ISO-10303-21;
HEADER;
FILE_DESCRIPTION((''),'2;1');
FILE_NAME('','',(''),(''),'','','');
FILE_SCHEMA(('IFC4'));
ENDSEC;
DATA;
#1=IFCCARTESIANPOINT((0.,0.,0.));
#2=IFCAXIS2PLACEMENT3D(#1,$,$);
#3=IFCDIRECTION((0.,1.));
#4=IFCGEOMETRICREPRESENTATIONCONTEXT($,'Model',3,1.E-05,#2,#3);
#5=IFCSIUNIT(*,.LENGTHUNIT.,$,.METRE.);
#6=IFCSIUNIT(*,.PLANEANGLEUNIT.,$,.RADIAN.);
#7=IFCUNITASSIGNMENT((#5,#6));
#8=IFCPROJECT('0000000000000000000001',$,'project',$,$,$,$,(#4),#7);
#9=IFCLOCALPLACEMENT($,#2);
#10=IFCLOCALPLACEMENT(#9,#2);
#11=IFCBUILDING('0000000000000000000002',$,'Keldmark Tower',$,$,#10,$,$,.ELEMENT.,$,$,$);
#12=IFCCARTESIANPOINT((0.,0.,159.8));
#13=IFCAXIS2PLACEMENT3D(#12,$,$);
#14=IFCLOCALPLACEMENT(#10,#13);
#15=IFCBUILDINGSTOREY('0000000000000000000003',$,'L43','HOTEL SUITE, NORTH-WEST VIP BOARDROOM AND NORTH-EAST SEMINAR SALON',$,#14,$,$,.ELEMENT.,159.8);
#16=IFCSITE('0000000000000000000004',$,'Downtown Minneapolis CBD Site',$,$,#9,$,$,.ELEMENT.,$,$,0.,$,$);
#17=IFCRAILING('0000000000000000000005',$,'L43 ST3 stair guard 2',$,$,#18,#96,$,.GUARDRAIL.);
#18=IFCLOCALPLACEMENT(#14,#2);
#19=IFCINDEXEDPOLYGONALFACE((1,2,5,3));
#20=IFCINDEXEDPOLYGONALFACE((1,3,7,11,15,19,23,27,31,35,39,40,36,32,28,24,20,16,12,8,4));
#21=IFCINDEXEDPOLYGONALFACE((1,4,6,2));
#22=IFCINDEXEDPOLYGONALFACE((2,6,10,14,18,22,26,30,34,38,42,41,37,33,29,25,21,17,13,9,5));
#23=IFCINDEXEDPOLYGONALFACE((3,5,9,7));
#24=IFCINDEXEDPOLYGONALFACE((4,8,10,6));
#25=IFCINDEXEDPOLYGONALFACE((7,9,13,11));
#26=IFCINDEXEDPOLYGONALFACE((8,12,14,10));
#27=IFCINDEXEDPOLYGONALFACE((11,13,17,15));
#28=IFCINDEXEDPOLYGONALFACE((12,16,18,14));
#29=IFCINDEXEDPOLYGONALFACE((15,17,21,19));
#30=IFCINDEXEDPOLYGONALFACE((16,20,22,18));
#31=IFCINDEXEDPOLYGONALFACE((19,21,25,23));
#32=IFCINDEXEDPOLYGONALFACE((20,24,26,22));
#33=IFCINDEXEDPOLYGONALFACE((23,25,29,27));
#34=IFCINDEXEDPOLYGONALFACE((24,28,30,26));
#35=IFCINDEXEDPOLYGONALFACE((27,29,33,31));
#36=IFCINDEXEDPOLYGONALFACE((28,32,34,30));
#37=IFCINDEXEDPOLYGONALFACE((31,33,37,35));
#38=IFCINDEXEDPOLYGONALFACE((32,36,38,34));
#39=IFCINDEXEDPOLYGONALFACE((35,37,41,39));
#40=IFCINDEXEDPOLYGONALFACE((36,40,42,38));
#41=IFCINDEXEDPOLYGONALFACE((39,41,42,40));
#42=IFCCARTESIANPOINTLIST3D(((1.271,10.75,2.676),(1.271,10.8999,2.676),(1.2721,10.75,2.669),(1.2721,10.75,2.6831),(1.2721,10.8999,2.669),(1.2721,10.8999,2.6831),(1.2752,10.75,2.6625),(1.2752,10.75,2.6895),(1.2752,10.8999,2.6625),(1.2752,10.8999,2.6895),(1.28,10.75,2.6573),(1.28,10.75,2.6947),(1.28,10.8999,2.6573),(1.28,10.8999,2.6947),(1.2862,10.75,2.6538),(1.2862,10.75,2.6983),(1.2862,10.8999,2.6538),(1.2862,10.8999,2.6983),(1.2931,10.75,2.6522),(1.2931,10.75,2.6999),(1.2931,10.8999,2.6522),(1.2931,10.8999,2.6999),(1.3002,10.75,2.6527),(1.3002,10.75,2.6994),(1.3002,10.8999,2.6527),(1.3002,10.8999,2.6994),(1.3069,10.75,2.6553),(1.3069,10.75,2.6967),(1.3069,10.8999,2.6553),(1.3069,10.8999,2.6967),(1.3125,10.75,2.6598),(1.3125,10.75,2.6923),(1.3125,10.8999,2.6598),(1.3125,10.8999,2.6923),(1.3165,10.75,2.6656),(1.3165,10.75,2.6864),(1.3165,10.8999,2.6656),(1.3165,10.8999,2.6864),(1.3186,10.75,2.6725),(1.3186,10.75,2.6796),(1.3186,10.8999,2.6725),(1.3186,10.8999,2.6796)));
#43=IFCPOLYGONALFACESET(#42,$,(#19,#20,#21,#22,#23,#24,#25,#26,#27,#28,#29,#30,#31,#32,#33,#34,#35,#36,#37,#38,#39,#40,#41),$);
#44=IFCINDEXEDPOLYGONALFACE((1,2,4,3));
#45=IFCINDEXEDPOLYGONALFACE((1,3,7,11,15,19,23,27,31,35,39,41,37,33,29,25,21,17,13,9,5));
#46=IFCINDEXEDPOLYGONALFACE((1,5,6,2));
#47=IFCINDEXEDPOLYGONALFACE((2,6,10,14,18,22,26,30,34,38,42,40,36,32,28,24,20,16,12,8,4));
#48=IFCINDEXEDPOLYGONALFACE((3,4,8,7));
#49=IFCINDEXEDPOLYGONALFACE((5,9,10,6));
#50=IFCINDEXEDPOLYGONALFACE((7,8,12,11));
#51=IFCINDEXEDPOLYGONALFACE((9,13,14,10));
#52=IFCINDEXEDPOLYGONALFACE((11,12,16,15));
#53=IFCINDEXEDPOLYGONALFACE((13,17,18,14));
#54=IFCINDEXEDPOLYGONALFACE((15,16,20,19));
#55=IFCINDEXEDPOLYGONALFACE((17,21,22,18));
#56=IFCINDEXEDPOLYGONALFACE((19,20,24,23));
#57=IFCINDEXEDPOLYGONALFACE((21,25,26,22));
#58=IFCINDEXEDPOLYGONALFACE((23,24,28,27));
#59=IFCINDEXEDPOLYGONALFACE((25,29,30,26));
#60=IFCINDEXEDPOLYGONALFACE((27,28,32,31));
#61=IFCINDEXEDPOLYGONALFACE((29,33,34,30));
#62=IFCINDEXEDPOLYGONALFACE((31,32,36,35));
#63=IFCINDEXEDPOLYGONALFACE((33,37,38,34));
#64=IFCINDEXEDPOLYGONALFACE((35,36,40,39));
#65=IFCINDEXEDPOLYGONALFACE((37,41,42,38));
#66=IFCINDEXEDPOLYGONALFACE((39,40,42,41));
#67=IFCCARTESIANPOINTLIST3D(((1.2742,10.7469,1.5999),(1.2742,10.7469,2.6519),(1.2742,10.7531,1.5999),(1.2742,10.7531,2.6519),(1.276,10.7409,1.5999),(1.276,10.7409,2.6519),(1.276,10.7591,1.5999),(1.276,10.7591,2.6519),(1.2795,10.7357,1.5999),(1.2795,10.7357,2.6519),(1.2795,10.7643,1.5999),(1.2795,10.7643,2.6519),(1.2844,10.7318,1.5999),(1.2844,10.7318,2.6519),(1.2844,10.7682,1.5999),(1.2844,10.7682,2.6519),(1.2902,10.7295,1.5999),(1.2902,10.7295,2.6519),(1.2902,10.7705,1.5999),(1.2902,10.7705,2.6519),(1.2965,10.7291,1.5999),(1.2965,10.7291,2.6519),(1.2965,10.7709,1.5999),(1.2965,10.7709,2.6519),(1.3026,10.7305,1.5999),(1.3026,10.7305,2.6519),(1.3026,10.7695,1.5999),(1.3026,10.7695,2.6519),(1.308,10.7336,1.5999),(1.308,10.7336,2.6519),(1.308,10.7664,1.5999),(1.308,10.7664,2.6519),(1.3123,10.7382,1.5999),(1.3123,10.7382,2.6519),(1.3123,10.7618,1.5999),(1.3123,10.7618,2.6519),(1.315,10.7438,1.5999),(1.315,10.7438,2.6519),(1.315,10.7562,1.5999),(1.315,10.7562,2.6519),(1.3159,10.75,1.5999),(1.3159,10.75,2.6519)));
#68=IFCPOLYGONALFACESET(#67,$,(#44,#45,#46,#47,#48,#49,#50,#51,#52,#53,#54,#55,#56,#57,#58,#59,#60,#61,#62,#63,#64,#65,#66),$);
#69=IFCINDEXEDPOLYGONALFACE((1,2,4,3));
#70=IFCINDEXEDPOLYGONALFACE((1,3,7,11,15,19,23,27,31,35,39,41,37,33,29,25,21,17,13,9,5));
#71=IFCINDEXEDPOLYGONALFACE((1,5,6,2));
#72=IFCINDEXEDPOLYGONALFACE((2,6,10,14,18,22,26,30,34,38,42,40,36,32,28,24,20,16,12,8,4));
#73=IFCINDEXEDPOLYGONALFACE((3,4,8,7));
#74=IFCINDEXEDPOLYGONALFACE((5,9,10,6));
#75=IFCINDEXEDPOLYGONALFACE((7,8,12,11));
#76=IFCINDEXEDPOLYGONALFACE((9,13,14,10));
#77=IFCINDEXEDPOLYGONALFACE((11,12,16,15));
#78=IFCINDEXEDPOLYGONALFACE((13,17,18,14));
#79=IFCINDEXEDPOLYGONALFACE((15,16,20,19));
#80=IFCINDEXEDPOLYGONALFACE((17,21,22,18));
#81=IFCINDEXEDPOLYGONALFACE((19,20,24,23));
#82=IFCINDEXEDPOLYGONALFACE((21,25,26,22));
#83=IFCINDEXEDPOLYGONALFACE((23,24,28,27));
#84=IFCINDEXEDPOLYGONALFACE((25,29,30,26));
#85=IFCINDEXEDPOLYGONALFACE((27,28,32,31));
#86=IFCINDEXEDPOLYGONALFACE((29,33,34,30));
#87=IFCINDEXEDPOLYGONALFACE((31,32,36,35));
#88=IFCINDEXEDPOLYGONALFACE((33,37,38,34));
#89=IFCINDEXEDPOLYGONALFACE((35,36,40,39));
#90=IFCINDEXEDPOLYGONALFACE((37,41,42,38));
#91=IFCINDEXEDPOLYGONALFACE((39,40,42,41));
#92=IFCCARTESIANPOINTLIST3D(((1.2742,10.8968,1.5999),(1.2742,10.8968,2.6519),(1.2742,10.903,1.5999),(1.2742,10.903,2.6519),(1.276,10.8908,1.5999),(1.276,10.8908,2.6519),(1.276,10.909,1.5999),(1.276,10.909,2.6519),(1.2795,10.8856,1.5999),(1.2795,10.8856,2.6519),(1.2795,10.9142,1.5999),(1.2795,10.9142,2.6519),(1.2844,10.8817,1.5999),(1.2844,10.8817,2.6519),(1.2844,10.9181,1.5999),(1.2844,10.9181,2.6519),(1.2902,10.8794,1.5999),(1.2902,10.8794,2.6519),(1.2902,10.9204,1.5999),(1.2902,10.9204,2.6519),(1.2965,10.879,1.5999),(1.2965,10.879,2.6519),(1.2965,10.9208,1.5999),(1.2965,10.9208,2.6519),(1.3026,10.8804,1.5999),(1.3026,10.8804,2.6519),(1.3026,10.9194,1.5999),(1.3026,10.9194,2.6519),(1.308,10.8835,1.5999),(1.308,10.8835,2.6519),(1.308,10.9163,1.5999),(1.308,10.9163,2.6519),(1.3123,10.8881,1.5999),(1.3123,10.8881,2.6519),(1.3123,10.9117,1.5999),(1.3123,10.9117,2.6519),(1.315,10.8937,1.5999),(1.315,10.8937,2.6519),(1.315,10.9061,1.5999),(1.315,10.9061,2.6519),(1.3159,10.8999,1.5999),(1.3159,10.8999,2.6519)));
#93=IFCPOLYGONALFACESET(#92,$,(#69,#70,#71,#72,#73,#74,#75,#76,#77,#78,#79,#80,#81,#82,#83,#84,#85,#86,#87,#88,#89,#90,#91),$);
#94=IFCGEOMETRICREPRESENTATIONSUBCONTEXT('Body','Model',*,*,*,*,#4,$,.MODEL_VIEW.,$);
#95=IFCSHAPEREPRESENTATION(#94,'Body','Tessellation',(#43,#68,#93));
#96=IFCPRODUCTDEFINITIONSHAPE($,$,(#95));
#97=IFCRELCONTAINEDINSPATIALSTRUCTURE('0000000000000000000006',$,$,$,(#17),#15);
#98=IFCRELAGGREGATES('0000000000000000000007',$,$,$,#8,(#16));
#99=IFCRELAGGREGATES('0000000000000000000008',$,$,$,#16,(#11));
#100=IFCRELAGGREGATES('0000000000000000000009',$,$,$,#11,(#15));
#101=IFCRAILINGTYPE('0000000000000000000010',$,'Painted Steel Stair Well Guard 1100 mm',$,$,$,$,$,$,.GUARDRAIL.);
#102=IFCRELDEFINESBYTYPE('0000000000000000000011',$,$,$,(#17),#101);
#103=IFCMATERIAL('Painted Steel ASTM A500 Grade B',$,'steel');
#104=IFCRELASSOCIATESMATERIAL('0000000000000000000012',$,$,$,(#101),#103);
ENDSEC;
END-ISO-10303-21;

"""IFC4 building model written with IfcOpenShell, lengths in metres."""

from ifc_helpers import new_model, si_unit, direction, frame, origin, origin_2d, place, context, subcontext, project, spatial, circle, extrude, material, type_object, element, save


model = new_model("IFC4")

# Units and contexts
model_context = context("Model", 3, precision=1e-05, world=origin(), true_north=direction((0.0, 1.0)))
body_context = subcontext(model_context, "Body", "Model", "MODEL_VIEW")
ifc_project = project(units=[si_unit("LENGTHUNIT", "METRE"), si_unit("PLANEANGLEUNIT", "RADIAN")], contexts=[model_context])

# Site, building, storey
site_placement = place(None, origin())
site = spatial("IfcSite", under=ifc_project, at=site_placement, Name="Downtown Minneapolis CBD Site", CompositionType="ELEMENT", RefElevation=0.0)
building_placement = place(site_placement, origin())
building = spatial("IfcBuilding", under=site, at=building_placement, Name="Keldmark Tower", CompositionType="ELEMENT")
storey_placement = place(building_placement, frame((0.0, 0.0, 159.8)))
storey = spatial("IfcBuildingStorey", under=building, at=storey_placement, Name="L43", Description="HOTEL SUITE, NORTH-WEST VIP BOARDROOM AND NORTH-EAST SEMINAR SALON", CompositionType="ELEMENT", Elevation=159.8)

# Railing
ifc_material_1 = material(Name="Painted Steel ASTM A500 Grade B", Category="steel")
railing_type_1 = type_object("IfcRailingType", Name="Painted Steel Stair Well Guard 1100 mm", PredefinedType="GUARDRAIL", material=ifc_material_1)
railing_1_placement = place(storey_placement, frame((1.2949, 10.75, 1.5999)))
element("IfcRailing", 1, at=railing_1_placement, inside=storey, type_object=railing_type_1, Name="L43 ST3 stair guard 2", PredefinedType="GUARDRAIL", context=body_context, shape_type="SweptSolid", body=[
    extrude(circle(Radius=0.0239, at=origin_2d()), frame((0.0, 0.0, 1.0762), z_axis=(0.0, 1.0, 0.0), x_axis=(-1.0, 0.0, 0.0)), (0.0, 0.0, 1.0), 0.1499),
    extrude(circle(Radius=0.021, at=origin_2d()), origin(), (0.0, 0.0, 1.0), 1.052),
    extrude(circle(Radius=0.021, at=origin_2d()), frame((0.0, 0.1499, 0.0)), (0.0, 0.0, 1.0), 1.052),
])

save(model, "model.ifc")
